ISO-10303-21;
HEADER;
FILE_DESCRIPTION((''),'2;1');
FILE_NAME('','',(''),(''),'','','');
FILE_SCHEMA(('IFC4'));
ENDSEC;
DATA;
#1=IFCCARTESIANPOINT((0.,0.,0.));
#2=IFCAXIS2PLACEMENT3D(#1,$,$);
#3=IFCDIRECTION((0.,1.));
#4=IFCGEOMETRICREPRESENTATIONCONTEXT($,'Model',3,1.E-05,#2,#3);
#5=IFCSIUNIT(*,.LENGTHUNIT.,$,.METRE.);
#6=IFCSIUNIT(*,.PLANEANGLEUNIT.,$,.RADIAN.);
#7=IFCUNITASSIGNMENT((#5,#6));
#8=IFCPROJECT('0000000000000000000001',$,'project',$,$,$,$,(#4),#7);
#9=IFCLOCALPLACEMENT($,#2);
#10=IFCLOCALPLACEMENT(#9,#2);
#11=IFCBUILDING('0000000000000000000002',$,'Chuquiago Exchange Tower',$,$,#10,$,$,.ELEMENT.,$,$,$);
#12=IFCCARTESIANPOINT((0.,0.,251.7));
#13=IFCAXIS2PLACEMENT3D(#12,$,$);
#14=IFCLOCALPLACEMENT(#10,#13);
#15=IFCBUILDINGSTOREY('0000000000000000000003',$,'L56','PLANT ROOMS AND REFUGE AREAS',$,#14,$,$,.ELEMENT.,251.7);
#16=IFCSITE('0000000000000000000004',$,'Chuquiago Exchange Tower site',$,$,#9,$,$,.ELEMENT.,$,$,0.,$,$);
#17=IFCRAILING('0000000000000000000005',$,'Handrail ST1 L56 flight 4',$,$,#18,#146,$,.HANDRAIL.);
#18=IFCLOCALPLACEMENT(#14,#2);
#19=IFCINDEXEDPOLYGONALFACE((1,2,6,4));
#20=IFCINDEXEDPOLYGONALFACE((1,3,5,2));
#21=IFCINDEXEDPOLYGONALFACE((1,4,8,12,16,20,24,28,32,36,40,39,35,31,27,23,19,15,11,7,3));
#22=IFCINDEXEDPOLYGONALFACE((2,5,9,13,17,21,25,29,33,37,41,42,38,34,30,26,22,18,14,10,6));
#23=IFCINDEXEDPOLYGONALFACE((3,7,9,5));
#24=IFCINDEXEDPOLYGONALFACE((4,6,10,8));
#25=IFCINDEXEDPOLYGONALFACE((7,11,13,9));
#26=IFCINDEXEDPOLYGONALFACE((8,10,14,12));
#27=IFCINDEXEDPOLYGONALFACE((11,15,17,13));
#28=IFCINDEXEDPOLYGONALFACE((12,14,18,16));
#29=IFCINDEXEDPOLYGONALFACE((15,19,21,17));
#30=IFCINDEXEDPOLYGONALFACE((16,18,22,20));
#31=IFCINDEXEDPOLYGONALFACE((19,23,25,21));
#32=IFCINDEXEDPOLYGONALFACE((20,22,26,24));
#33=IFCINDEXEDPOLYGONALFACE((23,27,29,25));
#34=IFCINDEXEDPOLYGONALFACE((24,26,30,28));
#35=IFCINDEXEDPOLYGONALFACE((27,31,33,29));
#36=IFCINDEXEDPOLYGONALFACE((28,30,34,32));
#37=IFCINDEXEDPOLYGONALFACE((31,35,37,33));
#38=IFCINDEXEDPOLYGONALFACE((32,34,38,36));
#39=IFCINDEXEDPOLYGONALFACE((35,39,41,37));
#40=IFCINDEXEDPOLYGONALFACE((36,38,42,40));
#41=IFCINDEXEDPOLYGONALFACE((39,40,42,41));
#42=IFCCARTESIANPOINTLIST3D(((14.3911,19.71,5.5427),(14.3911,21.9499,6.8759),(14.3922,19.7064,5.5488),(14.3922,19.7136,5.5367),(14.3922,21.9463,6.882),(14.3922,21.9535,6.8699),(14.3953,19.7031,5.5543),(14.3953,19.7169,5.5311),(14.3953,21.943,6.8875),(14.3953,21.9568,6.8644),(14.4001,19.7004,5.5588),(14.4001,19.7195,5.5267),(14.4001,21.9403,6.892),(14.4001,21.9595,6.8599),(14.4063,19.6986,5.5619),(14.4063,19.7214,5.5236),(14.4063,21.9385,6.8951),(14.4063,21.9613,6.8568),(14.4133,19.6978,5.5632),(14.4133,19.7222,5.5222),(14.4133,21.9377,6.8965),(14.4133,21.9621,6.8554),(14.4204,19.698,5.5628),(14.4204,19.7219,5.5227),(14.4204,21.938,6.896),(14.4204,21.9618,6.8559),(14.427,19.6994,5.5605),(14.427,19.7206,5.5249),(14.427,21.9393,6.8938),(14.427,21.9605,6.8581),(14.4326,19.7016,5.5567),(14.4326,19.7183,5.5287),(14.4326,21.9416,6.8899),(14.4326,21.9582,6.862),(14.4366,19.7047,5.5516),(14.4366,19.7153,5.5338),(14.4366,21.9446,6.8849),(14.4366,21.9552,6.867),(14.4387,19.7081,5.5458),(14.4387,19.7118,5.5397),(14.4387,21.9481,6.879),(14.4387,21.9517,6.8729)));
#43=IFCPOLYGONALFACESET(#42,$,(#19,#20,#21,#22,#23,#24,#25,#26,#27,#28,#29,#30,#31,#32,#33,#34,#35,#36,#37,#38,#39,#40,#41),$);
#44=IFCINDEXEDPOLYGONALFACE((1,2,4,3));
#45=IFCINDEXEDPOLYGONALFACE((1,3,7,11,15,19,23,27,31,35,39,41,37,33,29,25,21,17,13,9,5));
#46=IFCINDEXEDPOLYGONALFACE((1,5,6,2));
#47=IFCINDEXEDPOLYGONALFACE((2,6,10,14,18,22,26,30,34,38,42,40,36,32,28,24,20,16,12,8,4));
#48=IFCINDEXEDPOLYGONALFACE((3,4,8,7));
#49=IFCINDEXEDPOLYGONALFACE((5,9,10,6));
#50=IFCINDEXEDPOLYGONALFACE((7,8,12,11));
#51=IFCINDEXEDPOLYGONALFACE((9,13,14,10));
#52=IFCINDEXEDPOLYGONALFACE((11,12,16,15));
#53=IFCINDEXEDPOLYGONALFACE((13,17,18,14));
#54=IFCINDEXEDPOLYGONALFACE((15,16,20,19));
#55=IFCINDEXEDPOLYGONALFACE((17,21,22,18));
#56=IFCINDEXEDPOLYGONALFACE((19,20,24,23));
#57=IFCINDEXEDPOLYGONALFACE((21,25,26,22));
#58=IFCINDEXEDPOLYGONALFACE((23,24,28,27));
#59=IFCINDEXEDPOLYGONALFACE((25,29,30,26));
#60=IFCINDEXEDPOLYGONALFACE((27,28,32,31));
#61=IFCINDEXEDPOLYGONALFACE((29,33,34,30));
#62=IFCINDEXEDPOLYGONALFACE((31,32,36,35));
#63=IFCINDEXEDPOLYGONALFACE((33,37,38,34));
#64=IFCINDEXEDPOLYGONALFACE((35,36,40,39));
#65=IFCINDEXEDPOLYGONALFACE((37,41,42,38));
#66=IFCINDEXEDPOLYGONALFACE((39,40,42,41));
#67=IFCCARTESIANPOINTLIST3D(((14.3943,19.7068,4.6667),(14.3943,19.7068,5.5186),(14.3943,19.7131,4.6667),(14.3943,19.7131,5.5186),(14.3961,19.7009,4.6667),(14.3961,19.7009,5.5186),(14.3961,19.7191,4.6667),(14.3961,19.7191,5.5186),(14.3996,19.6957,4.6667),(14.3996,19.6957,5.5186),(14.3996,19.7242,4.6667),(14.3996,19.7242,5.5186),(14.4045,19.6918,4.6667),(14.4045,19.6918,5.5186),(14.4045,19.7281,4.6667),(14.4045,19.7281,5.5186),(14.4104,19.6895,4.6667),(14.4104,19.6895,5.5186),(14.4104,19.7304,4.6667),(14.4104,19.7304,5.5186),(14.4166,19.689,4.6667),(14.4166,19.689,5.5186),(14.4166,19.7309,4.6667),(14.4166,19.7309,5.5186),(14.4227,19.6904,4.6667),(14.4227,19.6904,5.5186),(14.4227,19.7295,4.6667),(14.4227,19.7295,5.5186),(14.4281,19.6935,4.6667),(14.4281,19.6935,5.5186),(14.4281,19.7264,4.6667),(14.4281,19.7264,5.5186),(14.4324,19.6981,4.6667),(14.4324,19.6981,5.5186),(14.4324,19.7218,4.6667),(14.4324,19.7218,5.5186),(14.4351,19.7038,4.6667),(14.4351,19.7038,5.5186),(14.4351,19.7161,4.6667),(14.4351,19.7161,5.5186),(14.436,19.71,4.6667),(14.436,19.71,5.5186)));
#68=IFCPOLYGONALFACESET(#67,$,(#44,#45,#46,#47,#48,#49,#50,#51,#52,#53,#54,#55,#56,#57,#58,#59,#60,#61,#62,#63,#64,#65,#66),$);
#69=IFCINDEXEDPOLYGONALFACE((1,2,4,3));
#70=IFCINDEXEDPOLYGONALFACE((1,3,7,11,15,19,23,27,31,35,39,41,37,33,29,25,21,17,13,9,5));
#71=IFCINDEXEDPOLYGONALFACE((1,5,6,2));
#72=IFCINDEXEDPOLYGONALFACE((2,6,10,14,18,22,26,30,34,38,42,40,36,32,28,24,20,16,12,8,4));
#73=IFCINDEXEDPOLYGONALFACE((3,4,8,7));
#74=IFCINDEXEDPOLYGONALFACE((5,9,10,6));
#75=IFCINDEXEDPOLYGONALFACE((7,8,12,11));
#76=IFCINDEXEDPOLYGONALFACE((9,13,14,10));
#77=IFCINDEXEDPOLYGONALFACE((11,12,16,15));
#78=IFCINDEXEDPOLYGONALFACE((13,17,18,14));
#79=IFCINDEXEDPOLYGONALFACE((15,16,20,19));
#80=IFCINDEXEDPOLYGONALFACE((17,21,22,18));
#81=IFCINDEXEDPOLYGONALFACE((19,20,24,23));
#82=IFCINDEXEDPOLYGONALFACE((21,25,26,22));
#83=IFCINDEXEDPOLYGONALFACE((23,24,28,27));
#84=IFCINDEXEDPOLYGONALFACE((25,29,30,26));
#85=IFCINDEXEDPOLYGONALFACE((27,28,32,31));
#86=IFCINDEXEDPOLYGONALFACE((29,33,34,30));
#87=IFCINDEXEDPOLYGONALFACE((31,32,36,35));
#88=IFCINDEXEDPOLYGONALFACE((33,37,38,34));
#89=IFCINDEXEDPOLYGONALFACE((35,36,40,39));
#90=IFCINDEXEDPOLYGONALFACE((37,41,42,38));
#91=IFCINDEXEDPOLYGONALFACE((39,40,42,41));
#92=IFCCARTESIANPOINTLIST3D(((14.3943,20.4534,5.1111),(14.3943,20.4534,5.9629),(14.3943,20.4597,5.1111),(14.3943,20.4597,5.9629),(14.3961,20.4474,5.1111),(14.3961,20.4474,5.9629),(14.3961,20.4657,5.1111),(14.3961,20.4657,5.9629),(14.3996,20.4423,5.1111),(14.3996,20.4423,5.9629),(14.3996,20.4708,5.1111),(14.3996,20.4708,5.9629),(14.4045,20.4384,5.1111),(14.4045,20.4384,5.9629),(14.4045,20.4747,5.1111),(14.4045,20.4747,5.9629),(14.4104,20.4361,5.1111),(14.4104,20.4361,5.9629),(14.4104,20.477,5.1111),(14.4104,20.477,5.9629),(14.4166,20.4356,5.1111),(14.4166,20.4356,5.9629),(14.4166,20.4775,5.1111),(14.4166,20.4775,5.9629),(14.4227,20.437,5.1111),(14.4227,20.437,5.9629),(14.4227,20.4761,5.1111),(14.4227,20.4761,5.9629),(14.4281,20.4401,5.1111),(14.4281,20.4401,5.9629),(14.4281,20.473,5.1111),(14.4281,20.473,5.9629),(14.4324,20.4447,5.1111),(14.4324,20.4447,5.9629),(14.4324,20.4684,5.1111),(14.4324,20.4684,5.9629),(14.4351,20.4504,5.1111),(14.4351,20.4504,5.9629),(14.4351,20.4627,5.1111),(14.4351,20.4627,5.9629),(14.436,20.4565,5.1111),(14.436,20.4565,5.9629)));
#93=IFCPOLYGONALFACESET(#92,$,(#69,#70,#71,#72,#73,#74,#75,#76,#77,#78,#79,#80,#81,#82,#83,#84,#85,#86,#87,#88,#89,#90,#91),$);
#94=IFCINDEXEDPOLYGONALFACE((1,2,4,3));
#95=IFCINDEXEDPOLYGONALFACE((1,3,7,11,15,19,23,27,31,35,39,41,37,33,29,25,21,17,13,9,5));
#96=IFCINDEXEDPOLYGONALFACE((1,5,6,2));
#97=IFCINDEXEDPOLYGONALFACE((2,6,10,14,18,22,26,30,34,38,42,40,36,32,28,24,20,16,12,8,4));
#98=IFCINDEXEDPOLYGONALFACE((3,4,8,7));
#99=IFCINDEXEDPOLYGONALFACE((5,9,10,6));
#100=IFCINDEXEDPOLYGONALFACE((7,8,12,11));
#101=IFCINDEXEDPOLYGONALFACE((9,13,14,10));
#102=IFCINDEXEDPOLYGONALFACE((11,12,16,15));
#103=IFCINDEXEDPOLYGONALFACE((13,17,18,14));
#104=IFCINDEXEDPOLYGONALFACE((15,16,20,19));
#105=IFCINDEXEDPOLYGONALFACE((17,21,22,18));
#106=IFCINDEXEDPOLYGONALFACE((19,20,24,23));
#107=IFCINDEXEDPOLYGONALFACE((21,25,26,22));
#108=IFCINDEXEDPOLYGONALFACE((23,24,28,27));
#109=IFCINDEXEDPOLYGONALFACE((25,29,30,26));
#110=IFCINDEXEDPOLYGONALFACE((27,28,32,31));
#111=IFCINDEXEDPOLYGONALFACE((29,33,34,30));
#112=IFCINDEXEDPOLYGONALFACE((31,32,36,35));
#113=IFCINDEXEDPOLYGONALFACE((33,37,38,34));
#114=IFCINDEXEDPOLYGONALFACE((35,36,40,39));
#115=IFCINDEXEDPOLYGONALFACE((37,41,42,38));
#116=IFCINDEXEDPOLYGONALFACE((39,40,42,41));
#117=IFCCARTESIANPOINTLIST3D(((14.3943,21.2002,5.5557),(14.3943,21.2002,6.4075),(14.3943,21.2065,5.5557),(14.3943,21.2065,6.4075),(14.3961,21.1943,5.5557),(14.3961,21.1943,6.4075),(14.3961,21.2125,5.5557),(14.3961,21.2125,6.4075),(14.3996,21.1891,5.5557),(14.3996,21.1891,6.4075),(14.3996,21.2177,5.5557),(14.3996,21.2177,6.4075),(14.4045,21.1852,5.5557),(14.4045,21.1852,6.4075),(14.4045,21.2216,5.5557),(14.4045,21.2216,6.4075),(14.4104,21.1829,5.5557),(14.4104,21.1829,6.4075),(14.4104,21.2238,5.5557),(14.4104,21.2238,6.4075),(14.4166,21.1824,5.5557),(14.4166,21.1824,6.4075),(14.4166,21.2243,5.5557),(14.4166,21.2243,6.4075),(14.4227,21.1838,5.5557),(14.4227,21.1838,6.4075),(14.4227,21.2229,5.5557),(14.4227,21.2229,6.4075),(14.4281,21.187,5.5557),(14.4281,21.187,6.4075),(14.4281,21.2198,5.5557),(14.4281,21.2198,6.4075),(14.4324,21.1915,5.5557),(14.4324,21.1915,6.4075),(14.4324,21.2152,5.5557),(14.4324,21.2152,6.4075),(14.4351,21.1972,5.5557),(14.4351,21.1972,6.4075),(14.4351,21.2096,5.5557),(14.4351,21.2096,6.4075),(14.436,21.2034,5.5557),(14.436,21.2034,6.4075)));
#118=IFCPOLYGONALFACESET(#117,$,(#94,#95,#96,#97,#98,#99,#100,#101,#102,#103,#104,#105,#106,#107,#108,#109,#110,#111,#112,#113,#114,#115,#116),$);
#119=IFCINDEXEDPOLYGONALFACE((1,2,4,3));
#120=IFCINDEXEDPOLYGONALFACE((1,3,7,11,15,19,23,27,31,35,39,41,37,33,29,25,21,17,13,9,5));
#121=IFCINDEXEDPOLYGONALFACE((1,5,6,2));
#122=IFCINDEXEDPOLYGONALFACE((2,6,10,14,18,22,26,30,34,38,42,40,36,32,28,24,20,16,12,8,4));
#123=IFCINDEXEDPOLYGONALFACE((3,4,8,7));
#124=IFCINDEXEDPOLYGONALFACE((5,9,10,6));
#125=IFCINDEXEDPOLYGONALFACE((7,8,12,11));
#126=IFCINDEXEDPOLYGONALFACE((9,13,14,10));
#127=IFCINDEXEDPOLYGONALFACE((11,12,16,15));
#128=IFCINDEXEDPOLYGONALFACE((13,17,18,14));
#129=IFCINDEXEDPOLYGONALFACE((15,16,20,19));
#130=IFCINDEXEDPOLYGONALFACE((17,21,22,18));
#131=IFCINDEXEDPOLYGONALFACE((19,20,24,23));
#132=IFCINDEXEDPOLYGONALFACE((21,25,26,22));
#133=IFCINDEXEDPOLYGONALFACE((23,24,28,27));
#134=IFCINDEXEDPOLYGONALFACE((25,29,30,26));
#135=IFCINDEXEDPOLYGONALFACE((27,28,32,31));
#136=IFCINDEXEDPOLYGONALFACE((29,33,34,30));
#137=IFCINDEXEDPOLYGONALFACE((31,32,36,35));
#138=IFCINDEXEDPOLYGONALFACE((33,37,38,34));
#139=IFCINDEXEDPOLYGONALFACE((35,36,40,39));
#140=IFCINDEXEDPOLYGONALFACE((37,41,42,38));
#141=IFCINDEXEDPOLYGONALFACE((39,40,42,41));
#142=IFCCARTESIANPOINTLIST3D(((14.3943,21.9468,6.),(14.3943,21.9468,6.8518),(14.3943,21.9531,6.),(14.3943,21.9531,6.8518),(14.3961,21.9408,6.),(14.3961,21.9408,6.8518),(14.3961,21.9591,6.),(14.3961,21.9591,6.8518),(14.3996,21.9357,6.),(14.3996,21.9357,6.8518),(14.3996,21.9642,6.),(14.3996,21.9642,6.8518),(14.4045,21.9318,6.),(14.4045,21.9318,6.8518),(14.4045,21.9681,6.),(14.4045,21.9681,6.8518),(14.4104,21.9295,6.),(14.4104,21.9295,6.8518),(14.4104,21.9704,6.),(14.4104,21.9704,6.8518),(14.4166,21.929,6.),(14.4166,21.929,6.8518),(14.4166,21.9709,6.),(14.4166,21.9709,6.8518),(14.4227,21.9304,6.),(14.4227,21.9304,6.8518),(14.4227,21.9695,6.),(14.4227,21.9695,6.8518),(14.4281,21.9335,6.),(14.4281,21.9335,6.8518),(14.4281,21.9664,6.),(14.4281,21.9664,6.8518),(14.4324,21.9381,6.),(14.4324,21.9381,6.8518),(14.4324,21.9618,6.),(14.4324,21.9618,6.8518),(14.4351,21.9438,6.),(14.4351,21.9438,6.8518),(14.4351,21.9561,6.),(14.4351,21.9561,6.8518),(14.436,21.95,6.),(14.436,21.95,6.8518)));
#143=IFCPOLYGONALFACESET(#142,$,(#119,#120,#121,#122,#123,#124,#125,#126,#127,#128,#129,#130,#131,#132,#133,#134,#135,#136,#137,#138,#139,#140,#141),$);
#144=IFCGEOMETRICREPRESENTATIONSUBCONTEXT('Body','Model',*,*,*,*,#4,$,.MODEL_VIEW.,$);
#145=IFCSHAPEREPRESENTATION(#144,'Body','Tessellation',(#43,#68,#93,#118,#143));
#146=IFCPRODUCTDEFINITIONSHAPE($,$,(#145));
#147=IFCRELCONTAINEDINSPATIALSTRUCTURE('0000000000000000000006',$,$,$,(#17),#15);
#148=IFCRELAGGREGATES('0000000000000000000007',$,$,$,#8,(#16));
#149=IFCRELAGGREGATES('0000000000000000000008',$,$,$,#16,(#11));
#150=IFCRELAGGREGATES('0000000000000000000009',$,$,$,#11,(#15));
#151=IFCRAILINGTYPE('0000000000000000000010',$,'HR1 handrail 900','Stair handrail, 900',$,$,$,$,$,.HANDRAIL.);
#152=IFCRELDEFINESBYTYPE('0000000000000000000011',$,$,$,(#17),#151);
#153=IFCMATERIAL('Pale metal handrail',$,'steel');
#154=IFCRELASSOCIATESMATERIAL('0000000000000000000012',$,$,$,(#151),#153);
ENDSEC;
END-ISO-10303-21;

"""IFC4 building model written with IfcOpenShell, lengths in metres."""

from ifc_helpers import new_model, si_unit, direction, frame, origin, origin_2d, place, context, subcontext, project, spatial, circle, extrude, material, type_object, element, save


model = new_model("IFC4")

# Units and contexts
model_context = context("Model", 3, precision=1e-05, world=origin(), true_north=direction((0.0, 1.0)))
body_context = subcontext(model_context, "Body", "Model", "MODEL_VIEW")
ifc_project = project(units=[si_unit("LENGTHUNIT", "METRE"), si_unit("PLANEANGLEUNIT", "RADIAN")], contexts=[model_context])

# Site, building, storey
site_placement = place(None, origin())
site = spatial("IfcSite", under=ifc_project, at=site_placement, Name="Chuquiago Exchange Tower site", CompositionType="ELEMENT", RefElevation=0.0)
building_placement = place(site_placement, origin())
building = spatial("IfcBuilding", under=site, at=building_placement, Name="Chuquiago Exchange Tower", CompositionType="ELEMENT")
storey_placement = place(building_placement, frame((0.0, 0.0, 251.7)))
storey = spatial("IfcBuildingStorey", under=building, at=storey_placement, Name="L56", Description="PLANT ROOMS AND REFUGE AREAS", CompositionType="ELEMENT", Elevation=251.7)

# Railing
ifc_material_1 = material(Name="Pale metal handrail", Category="steel")
railing_type_1 = type_object("IfcRailingType", Name="HR1 handrail 900", Description="Stair handrail, 900", PredefinedType="HANDRAIL", material=ifc_material_1)
for number, where, name in (
    (1, (14.415, 19.71, 4.6667), "Handrail ST1 L56 flight 4"),
):
    element("IfcRailing", number, at=place(storey_placement, frame(where)), inside=storey, type_object=railing_type_1, Name=name, PredefinedType="HANDRAIL", context=body_context, shape_type="SweptSolid", body=[
        extrude(circle(Radius=0.0239, at=origin_2d()), frame((0.0, 0.0, 0.876), z_axis=(0.0, 0.859306, 0.511462), x_axis=(-1.0, 0.0, 0.0)), (0.0, 0.0, 1.0), 2.6067),
        extrude(circle(Radius=0.021, at=origin_2d()), origin(), (0.0, 0.0, 1.0), 0.8518),
        extrude(circle(Radius=0.021, at=origin_2d()), frame((0.0, 0.7466, 0.4443)), (0.0, 0.0, 1.0), 0.8518),
        extrude(circle(Radius=0.021, at=origin_2d()), frame((0.0, 1.4934, 0.8889)), (0.0, 0.0, 1.0), 0.8518),
        extrude(circle(Radius=0.021, at=origin_2d()), frame((0.0, 2.24, 1.3333)), (0.0, 0.0, 1.0), 0.8518),
    ])

save(model, "model.ifc")
